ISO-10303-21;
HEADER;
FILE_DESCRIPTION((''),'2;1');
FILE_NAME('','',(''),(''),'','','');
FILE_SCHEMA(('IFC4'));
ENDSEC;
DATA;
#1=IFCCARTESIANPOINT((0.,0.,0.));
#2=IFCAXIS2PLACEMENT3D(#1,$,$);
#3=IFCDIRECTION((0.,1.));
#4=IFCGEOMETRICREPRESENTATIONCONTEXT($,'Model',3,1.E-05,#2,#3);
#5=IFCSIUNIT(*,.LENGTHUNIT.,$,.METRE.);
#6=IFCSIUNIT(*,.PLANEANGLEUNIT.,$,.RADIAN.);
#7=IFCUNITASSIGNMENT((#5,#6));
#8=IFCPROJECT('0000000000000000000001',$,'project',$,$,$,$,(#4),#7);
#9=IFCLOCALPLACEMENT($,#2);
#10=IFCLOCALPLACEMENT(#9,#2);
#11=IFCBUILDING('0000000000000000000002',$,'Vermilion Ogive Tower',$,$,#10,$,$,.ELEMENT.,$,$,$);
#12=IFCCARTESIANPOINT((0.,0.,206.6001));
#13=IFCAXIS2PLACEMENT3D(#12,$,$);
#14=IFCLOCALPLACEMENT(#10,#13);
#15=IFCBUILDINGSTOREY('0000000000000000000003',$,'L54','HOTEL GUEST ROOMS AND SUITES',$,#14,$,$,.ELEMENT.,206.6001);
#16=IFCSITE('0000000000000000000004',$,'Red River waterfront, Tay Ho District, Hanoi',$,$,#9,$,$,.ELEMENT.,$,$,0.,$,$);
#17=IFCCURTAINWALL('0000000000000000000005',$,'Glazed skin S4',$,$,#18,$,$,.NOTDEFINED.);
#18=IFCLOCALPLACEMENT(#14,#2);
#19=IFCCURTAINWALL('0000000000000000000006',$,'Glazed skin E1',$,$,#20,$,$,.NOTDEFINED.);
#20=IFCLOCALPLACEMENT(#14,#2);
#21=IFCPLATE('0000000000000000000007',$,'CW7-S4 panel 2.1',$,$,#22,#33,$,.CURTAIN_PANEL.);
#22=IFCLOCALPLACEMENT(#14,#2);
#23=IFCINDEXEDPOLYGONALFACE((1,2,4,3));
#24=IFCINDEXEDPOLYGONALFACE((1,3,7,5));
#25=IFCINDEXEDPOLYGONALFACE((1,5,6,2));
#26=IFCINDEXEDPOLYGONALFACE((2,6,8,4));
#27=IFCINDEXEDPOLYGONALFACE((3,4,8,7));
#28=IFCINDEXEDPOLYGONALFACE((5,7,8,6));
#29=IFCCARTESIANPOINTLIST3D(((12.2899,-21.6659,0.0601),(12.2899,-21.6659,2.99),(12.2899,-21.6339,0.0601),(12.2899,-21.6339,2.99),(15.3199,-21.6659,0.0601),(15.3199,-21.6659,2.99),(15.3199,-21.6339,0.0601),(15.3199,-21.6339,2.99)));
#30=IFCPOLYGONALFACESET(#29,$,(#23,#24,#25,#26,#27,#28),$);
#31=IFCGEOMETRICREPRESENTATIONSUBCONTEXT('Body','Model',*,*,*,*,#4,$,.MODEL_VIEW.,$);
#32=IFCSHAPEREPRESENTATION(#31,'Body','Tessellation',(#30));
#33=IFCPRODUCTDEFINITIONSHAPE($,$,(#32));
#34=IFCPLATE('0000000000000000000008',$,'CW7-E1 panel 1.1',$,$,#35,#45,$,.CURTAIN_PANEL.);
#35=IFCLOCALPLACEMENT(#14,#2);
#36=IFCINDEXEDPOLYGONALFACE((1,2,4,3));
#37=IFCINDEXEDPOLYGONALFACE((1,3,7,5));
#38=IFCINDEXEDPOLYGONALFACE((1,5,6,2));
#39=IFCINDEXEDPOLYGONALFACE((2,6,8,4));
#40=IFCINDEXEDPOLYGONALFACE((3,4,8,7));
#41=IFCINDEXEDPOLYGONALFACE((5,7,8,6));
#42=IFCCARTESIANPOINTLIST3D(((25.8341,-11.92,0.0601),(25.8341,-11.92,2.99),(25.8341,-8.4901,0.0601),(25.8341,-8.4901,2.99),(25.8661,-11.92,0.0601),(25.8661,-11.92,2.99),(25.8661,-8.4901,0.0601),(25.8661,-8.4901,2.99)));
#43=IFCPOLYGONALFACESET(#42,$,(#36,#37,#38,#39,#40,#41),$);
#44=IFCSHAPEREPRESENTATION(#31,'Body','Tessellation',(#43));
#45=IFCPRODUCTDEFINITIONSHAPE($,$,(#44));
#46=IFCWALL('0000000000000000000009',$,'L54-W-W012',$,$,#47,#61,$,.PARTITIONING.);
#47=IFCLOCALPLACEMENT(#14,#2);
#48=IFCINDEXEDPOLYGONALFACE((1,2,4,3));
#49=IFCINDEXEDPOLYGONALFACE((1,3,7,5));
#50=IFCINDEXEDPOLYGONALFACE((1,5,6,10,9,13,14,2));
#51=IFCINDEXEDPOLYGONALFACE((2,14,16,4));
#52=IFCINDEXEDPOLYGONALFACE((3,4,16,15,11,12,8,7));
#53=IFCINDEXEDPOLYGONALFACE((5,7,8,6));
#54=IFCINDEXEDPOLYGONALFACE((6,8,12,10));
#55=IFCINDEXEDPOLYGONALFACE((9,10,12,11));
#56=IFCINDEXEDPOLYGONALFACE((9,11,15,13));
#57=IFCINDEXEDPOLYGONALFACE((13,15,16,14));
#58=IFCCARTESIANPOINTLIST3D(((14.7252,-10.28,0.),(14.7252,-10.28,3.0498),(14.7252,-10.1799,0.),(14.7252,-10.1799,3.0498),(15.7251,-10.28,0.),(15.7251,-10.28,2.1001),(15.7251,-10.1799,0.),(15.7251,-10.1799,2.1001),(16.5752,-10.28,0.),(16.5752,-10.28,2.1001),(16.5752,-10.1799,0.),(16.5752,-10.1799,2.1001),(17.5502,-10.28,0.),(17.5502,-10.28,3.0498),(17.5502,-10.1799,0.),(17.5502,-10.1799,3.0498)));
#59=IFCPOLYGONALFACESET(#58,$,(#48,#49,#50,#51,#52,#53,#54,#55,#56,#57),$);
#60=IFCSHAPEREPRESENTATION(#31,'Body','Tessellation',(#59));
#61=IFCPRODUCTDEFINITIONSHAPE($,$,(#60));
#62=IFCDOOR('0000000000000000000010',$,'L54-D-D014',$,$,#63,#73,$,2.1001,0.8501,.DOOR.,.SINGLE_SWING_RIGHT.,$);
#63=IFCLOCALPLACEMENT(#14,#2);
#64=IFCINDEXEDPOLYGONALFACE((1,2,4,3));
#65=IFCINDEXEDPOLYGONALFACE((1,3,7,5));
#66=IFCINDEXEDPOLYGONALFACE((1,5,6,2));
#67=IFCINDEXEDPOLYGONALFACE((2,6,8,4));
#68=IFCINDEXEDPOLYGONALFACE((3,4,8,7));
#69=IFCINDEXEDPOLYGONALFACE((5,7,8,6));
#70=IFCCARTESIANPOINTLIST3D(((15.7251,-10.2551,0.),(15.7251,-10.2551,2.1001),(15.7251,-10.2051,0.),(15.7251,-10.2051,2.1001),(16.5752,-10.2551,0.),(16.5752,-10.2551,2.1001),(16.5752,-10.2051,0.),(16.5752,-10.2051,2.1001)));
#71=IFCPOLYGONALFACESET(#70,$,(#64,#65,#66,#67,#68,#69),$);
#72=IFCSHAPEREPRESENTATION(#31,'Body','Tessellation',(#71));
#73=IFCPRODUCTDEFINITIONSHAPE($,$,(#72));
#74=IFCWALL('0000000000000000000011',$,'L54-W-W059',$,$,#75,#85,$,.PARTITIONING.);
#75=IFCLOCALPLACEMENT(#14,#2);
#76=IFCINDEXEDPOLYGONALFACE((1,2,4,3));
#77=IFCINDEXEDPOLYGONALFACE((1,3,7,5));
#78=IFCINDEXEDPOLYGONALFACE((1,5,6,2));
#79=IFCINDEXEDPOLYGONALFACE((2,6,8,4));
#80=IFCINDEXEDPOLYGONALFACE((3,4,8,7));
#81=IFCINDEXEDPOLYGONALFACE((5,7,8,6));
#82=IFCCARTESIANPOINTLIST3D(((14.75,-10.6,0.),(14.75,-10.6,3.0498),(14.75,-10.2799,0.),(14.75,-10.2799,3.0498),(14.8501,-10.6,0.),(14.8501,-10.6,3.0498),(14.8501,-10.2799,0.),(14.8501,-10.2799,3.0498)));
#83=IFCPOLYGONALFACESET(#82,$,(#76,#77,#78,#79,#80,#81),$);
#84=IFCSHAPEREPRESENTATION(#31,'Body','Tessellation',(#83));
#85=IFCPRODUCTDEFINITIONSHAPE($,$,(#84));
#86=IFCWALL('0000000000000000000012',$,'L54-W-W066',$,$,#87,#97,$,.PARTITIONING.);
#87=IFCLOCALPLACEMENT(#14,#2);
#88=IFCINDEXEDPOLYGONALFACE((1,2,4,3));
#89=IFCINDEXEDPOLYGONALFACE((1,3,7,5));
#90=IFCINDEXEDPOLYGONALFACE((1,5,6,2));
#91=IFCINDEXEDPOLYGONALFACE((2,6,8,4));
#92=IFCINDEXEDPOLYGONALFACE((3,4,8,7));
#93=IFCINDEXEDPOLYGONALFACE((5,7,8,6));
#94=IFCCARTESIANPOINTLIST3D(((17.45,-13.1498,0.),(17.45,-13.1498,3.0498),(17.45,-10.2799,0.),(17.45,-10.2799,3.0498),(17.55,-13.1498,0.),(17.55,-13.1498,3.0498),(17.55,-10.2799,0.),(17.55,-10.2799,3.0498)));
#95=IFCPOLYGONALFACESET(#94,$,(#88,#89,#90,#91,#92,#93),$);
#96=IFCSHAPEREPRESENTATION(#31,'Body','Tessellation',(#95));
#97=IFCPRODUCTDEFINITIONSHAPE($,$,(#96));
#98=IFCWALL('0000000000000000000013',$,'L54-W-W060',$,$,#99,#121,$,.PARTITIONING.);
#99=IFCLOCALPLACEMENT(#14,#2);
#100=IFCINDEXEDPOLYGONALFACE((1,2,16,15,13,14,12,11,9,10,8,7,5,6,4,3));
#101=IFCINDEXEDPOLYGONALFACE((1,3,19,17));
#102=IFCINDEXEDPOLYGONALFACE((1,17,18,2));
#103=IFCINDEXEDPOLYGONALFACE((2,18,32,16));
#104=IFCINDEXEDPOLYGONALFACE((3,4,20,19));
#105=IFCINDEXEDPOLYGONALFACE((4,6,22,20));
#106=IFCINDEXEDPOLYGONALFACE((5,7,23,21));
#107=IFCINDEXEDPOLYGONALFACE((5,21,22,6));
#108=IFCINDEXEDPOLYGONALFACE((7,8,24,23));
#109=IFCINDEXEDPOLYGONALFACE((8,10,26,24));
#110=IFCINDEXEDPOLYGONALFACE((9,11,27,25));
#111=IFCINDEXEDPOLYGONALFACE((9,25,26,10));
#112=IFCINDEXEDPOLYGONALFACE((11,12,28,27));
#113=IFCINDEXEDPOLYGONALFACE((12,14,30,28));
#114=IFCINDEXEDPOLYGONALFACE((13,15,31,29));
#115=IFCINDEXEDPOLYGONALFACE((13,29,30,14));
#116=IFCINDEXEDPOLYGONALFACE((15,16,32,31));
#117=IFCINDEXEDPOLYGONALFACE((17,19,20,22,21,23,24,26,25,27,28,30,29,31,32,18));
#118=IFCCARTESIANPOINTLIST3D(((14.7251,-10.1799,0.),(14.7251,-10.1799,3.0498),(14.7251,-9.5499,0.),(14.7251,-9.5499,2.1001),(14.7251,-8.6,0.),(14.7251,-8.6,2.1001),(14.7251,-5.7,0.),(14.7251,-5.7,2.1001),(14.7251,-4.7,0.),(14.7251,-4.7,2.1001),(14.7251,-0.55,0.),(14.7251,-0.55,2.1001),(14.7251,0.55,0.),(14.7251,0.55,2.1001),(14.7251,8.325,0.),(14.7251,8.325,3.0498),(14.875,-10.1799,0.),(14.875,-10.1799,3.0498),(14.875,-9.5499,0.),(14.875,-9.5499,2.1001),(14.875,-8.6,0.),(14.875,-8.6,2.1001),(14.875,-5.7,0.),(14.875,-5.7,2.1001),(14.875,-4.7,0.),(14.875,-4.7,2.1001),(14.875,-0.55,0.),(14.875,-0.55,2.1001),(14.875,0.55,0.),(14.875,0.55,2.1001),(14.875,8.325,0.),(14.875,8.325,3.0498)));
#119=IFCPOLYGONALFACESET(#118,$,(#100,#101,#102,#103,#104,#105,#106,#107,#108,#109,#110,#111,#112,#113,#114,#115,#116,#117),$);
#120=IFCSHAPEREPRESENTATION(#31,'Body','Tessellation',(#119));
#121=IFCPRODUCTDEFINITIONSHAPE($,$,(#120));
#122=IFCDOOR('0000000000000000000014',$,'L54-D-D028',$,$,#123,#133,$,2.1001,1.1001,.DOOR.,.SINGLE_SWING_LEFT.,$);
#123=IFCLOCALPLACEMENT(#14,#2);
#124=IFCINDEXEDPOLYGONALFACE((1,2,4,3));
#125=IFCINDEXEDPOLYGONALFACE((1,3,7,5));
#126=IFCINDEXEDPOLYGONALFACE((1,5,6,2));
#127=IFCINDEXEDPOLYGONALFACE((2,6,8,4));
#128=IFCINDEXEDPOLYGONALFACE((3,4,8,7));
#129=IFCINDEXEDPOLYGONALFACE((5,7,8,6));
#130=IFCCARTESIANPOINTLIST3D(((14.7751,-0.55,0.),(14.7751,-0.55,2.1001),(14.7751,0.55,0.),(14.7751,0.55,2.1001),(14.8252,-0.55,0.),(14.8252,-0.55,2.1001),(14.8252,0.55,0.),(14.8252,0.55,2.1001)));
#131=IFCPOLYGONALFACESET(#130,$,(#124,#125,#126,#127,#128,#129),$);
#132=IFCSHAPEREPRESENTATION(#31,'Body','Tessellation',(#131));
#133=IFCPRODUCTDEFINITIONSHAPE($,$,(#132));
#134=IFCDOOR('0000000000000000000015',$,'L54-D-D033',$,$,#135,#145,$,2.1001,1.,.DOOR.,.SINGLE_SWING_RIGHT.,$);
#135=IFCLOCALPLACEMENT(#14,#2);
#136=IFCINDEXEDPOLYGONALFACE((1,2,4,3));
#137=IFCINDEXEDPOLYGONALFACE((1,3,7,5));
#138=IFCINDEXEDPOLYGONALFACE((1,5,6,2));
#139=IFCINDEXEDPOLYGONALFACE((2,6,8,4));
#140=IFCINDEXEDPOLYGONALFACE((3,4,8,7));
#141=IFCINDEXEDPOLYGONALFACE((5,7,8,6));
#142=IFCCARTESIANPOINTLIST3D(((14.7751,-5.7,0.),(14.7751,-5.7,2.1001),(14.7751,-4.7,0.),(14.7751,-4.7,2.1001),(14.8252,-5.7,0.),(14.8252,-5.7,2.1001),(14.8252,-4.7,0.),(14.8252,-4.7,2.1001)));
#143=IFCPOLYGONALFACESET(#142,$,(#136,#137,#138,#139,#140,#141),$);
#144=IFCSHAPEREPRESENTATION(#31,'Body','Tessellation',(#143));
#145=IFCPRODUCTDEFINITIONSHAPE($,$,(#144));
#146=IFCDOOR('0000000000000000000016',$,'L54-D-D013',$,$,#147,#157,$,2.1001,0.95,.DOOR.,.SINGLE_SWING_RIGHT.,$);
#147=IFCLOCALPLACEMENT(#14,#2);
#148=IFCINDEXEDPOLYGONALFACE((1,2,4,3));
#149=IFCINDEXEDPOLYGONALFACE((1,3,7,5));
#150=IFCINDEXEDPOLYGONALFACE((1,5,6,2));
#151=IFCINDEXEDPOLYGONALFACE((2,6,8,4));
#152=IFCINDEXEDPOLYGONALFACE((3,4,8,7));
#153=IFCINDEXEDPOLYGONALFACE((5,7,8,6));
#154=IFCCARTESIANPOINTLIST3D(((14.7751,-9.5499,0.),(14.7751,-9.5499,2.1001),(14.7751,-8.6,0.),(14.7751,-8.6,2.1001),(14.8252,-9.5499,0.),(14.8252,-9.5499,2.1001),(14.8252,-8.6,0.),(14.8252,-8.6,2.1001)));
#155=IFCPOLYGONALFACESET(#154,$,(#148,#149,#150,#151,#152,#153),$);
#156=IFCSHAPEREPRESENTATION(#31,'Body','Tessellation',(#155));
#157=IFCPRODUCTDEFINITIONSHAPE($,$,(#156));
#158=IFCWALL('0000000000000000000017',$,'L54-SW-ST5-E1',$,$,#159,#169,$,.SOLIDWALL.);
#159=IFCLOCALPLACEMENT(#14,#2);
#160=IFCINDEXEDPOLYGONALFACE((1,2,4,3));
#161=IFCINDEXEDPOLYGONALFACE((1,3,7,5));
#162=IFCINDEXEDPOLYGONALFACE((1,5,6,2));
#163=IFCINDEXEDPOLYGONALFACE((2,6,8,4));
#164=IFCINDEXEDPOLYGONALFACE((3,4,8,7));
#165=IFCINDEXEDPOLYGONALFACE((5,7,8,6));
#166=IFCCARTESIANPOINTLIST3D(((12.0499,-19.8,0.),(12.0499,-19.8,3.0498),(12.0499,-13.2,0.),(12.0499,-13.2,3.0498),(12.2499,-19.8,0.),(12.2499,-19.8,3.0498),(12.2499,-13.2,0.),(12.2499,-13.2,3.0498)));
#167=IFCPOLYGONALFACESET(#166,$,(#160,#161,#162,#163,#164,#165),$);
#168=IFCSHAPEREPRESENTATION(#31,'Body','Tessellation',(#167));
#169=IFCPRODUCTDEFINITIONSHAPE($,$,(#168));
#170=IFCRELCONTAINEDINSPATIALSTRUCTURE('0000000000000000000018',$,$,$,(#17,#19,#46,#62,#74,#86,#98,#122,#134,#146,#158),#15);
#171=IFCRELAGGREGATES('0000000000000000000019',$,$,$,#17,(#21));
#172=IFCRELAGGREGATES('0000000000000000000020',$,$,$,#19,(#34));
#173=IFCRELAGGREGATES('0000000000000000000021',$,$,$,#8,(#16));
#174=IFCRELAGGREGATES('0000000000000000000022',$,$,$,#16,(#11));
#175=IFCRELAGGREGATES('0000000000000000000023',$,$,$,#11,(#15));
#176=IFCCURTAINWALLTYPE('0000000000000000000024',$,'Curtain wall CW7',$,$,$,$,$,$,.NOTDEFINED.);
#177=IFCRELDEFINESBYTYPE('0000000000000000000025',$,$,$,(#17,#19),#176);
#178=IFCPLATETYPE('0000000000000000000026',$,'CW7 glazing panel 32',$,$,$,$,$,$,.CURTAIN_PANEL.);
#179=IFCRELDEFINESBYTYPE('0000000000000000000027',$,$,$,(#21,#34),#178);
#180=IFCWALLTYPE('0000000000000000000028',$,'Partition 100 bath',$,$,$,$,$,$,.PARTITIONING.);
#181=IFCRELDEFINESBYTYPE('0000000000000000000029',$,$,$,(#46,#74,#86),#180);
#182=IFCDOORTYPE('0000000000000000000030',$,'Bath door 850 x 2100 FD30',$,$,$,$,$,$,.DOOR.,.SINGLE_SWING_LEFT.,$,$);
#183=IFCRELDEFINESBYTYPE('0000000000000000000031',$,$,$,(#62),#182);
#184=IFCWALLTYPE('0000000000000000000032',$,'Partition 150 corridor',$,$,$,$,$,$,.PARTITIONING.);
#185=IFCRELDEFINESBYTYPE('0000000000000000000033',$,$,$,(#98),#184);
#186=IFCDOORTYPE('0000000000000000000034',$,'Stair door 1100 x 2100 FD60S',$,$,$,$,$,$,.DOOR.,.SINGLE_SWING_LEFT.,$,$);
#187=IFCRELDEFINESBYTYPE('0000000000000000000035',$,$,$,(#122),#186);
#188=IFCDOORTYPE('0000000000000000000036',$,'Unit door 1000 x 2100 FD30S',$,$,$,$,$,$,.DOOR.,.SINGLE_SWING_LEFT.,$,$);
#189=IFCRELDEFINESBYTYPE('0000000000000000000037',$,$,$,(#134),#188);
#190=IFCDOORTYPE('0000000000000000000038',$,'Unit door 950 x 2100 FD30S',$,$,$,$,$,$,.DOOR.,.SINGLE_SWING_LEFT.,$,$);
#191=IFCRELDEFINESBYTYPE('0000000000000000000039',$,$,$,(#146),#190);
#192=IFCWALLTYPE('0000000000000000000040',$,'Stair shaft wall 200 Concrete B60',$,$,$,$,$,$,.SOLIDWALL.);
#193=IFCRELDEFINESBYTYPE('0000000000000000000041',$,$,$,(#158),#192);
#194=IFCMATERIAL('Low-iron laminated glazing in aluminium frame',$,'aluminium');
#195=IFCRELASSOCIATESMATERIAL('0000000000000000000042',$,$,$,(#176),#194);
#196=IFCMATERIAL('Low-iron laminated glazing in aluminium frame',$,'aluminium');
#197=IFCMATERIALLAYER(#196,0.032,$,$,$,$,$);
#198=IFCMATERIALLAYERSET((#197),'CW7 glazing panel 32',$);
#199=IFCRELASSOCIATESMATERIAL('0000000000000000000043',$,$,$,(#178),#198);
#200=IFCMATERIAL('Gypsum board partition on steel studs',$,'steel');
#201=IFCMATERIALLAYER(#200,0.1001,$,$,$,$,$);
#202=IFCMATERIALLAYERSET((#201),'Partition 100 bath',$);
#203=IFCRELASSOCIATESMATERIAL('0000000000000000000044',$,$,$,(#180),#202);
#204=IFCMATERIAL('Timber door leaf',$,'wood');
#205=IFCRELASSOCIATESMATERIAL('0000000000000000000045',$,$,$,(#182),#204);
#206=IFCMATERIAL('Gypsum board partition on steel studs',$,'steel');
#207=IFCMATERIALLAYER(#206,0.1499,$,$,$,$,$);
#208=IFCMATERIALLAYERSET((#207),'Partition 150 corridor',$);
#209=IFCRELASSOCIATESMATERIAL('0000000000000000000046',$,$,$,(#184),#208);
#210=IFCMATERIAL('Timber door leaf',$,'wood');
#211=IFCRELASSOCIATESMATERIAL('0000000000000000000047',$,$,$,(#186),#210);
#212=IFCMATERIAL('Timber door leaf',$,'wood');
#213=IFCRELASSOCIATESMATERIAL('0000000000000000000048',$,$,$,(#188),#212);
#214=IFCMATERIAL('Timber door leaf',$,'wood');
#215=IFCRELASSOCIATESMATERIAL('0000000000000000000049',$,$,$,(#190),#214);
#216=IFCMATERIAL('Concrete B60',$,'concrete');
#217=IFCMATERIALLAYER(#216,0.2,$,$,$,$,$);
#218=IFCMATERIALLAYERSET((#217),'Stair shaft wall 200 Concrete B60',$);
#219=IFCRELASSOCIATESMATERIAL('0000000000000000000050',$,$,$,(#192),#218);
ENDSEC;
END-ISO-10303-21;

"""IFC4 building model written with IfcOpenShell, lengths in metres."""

from ifc_helpers import new_model, si_unit, direction, frame, frame_2d, origin, origin_2d, place, context, subcontext, project, spatial, rectangle, extrude, material, layer, layer_set, type_object, element, fill, aggregate, save


model = new_model("IFC4")

# Units and contexts
model_context = context("Model", 3, precision=1e-05, world=origin(), true_north=direction((0.0, 1.0)))
body_context = subcontext(model_context, "Body", "Model", "MODEL_VIEW")
ifc_project = project(units=[si_unit("LENGTHUNIT", "METRE"), si_unit("PLANEANGLEUNIT", "RADIAN")], contexts=[model_context])

# Site, building, storey
site_placement = place(None, origin())
site = spatial("IfcSite", under=ifc_project, at=site_placement, Name="Red River waterfront, Tay Ho District, Hanoi", CompositionType="ELEMENT", RefElevation=0.0)
building_placement = place(site_placement, origin())
building = spatial("IfcBuilding", under=site, at=building_placement, Name="Vermilion Ogive Tower", CompositionType="ELEMENT")
storey_placement = place(building_placement, frame((0.0, 0.0, 206.6001)))
storey = spatial("IfcBuildingStorey", under=building, at=storey_placement, Name="L54", Description="HOTEL GUEST ROOMS AND SUITES", CompositionType="ELEMENT", Elevation=206.6001)

# Curtain wall
ifc_material_1 = material(Name="Low-iron laminated glazing in aluminium frame", Category="aluminium")
curtain_wall_type = type_object("IfcCurtainWallType", Name="Curtain wall CW7", PredefinedType="NOTDEFINED", material=ifc_material_1)
curtain_wall_1_placement = place(storey_placement, origin())
curtain_wall_1 = element("IfcCurtainWall", 1, at=curtain_wall_1_placement, inside=storey, type_object=curtain_wall_type, Name="Glazed skin S4", PredefinedType="NOTDEFINED")

# Curtain wall
curtain_wall_2_placement = place(storey_placement, origin())
curtain_wall_2 = element("IfcCurtainWall", 2, at=curtain_wall_2_placement, inside=storey, type_object=curtain_wall_type, Name="Glazed skin E1", PredefinedType="NOTDEFINED")

# Plates
ifc_material_2 = material(Name="Low-iron laminated glazing in aluminium frame", Category="aluminium")
ifc_layer_1 = layer(ifc_material_2, 0.032)
ifc_layer_set_1 = layer_set([ifc_layer_1], Name="CW7 glazing panel 32")
plate_type = type_object("IfcPlateType", Name="CW7 glazing panel 32", PredefinedType="CURTAIN_PANEL", material=ifc_layer_set_1)
plate_1_placement = place(storey_placement, frame((13.8049, -21.6499, 0.0601), z_axis=(0.0, 0.0, 1.0), x_axis=(1.0, 0.0, 0.0)))
plate_1 = element("IfcPlate", 3, at=plate_1_placement, type_object=plate_type, Name="CW7-S4 panel 2.1", PredefinedType="CURTAIN_PANEL", context=body_context, shape_type="SweptSolid", body=[
    extrude(rectangle(XDim=3.03, YDim=0.032, at=origin_2d()), origin(), (0.0, 0.0, 1.0), 2.9299),
])
aggregate(curtain_wall_1, [plate_1])
plate_2_placement = place(storey_placement, frame((25.8501, -10.2051, 0.0601), z_axis=(0.0, 0.0, 1.0), x_axis=(0.0, 1.0, 0.0)))
plate_2 = element("IfcPlate", 4, at=plate_2_placement, type_object=plate_type, Name="CW7-E1 panel 1.1", PredefinedType="CURTAIN_PANEL", context=body_context, shape_type="SweptSolid", body=[
    extrude(rectangle(XDim=3.4299, YDim=0.032, at=origin_2d()), origin(), (0.0, 0.0, 1.0), 2.9299),
])
aggregate(curtain_wall_2, [plate_2])

# Wall, opening, door
ifc_material_3 = material(Name="Gypsum board partition on steel studs", Category="steel")
ifc_layer_2 = layer(ifc_material_3, 0.1001)
ifc_layer_set_2 = layer_set([ifc_layer_2], Name="Partition 100 bath")
wall_type_1 = type_object("IfcWallType", Name="Partition 100 bath", PredefinedType="PARTITIONING", material=ifc_layer_set_2)
wall_1_placement = place(storey_placement, frame((14.7251, -10.23, 0.0), z_axis=(0.0, 0.0, 1.0), x_axis=(1.0, 0.0, 0.0)))
wall_1 = element("IfcWall", 5, at=wall_1_placement, inside=storey, type_object=wall_type_1, Name="L54-W-W012", PredefinedType="PARTITIONING", context=body_context, shape_type="SweptSolid", body=[
    extrude(rectangle(XDim=2.825, YDim=0.1001, at=frame_2d((1.4126, 0.0))), origin(), (0.0, 0.0, 1.0), 3.0498),
])
opening_1_placement = place(wall_1_placement, frame((1.0, 0.0, 0.0)))
opening_1 = element("IfcOpeningElement", 6, at=opening_1_placement, cuts=wall_1, PredefinedType="OPENING", context=body_context, shape_type="SweptSolid", body=[
    extrude(rectangle(XDim=0.8501, YDim=2.1001, at=frame_2d((0.425, 1.05))), frame((0.0, 0.0601, 0.0), z_axis=(0.0, -1.0, 0.0), x_axis=(1.0, 0.0, 0.0)), (0.0, 0.0, 1.0), 0.1201),
])
ifc_material_4 = material(Name="Timber door leaf", Category="wood")
door_type_1 = type_object("IfcDoorType", Name="Bath door 850 x 2100 FD30", OperationType="SINGLE_SWING_LEFT", PredefinedType="DOOR", material=ifc_material_4)
door_1_placement = place(opening_1_placement, origin())
door_1 = element("IfcDoor", 7, at=door_1_placement, inside=storey, type_object=door_type_1, Name="L54-D-D014", OperationType="SINGLE_SWING_RIGHT", OverallHeight=2.1001, OverallWidth=0.8501, PredefinedType="DOOR", context=body_context, shape_type="SweptSolid", body=[
    extrude(rectangle(XDim=0.8501, YDim=2.1001, at=frame_2d((0.425, 1.05))), frame((0.0, 0.0249, 0.0), z_axis=(0.0, -1.0, 0.0), x_axis=(1.0, 0.0, 0.0)), (0.0, 0.0, 1.0), 0.05),
])
fill(opening_1, door_1)

# Walls
wall_2_placement = place(storey_placement, frame((14.8, -10.6001, 0.0), z_axis=(0.0, 0.0, 1.0), x_axis=(0.0, 1.0, 0.0)))
element("IfcWall", 8, at=wall_2_placement, inside=storey, type_object=wall_type_1, Name="L54-W-W059", PredefinedType="PARTITIONING", context=body_context, shape_type="SweptSolid", body=[
    extrude(rectangle(XDim=0.3201, YDim=0.1001, at=frame_2d((0.1602, 0.0))), origin(), (0.0, 0.0, 1.0), 3.0498),
])
wall_3_placement = place(storey_placement, frame((17.5, -13.1499, 0.0), z_axis=(0.0, 0.0, 1.0), x_axis=(0.0, 1.0, 0.0)))
element("IfcWall", 9, at=wall_3_placement, inside=storey, type_object=wall_type_1, Name="L54-W-W066", PredefinedType="PARTITIONING", context=body_context, shape_type="SweptSolid", body=[
    extrude(rectangle(XDim=2.8699, YDim=0.1001, at=frame_2d((1.4351, 0.0))), origin(), (0.0, 0.0, 1.0), 3.0498),
])

# Wall, openings, doors
ifc_material_5 = material(Name="Gypsum board partition on steel studs", Category="steel")
ifc_layer_3 = layer(ifc_material_5, 0.1499)
ifc_layer_set_3 = layer_set([ifc_layer_3], Name="Partition 150 corridor")
wall_type_2 = type_object("IfcWallType", Name="Partition 150 corridor", PredefinedType="PARTITIONING", material=ifc_layer_set_3)
wall_4_placement = place(storey_placement, frame((14.8, -10.1799, 0.0), z_axis=(0.0, 0.0, 1.0), x_axis=(0.0, 1.0, 0.0)))
wall_4 = element("IfcWall", 10, at=wall_4_placement, inside=storey, type_object=wall_type_2, Name="L54-W-W060", PredefinedType="PARTITIONING", context=body_context, shape_type="SweptSolid", body=[
    extrude(rectangle(XDim=18.5049, YDim=0.1499, at=frame_2d((9.2524, 0.0))), origin(), (0.0, 0.0, 1.0), 3.0498),
])
opening_2_placement = place(wall_4_placement, frame((0.6299, 0.0, 0.0)))
opening_2 = element("IfcOpeningElement", 11, at=opening_2_placement, cuts=wall_4, PredefinedType="OPENING", context=body_context, shape_type="SweptSolid", body=[
    extrude(rectangle(XDim=0.95, YDim=2.1001, at=frame_2d((0.4751, 1.05))), frame((0.0, 0.085, 0.0), z_axis=(0.0, -1.0, 0.0), x_axis=(1.0, 0.0, 0.0)), (0.0, 0.0, 1.0), 0.1699),
])
opening_3_placement = place(wall_4_placement, frame((9.6299, 0.0, 0.0)))
opening_3 = element("IfcOpeningElement", 12, at=opening_3_placement, cuts=wall_4, PredefinedType="OPENING", context=body_context, shape_type="SweptSolid", body=[
    extrude(rectangle(XDim=1.1001, YDim=2.1001, at=frame_2d((0.55, 1.05))), frame((0.0, 0.085, 0.0), z_axis=(0.0, -1.0, 0.0), x_axis=(1.0, 0.0, 0.0)), (0.0, 0.0, 1.0), 0.1699),
])
opening_4_placement = place(wall_4_placement, frame((4.48, 0.0, 0.0)))
opening_4 = element("IfcOpeningElement", 13, at=opening_4_placement, cuts=wall_4, PredefinedType="OPENING", context=body_context, shape_type="SweptSolid", body=[
    extrude(rectangle(XDim=1.0, YDim=2.1001, at=frame_2d((0.5, 1.05))), frame((0.0, 0.085, 0.0), z_axis=(0.0, -1.0, 0.0), x_axis=(1.0, 0.0, 0.0)), (0.0, 0.0, 1.0), 0.1699),
])
ifc_material_6 = material(Name="Timber door leaf", Category="wood")
door_type_2 = type_object("IfcDoorType", Name="Stair door 1100 x 2100 FD60S", OperationType="SINGLE_SWING_LEFT", PredefinedType="DOOR", material=ifc_material_6)
door_2_placement = place(opening_3_placement, origin())
door_2 = element("IfcDoor", 14, at=door_2_placement, inside=storey, type_object=door_type_2, Name="L54-D-D028", OperationType="SINGLE_SWING_LEFT", OverallHeight=2.1001, OverallWidth=1.1001, PredefinedType="DOOR", context=body_context, shape_type="SweptSolid", body=[
    extrude(rectangle(XDim=1.1001, YDim=2.1001, at=frame_2d((0.55, 1.05))), frame((0.0, 0.0249, 0.0), z_axis=(0.0, -1.0, 0.0), x_axis=(1.0, 0.0, 0.0)), (0.0, 0.0, 1.0), 0.05),
])
fill(opening_3, door_2)
ifc_material_7 = material(Name="Timber door leaf", Category="wood")
door_type_3 = type_object("IfcDoorType", Name="Unit door 1000 x 2100 FD30S", OperationType="SINGLE_SWING_LEFT", PredefinedType="DOOR", material=ifc_material_7)
door_3_placement = place(opening_4_placement, origin())
door_3 = element("IfcDoor", 15, at=door_3_placement, inside=storey, type_object=door_type_3, Name="L54-D-D033", OperationType="SINGLE_SWING_RIGHT", OverallHeight=2.1001, OverallWidth=1.0, PredefinedType="DOOR", context=body_context, shape_type="SweptSolid", body=[
    extrude(rectangle(XDim=1.0, YDim=2.1001, at=frame_2d((0.5, 1.05))), frame((0.0, 0.0249, 0.0), z_axis=(0.0, -1.0, 0.0), x_axis=(1.0, 0.0, 0.0)), (0.0, 0.0, 1.0), 0.05),
])
fill(opening_4, door_3)
ifc_material_8 = material(Name="Timber door leaf", Category="wood")
door_type_4 = type_object("IfcDoorType", Name="Unit door 950 x 2100 FD30S", OperationType="SINGLE_SWING_LEFT", PredefinedType="DOOR", material=ifc_material_8)
door_4_placement = place(opening_2_placement, origin())
door_4 = element("IfcDoor", 16, at=door_4_placement, inside=storey, type_object=door_type_4, Name="L54-D-D013", OperationType="SINGLE_SWING_RIGHT", OverallHeight=2.1001, OverallWidth=0.95, PredefinedType="DOOR", context=body_context, shape_type="SweptSolid", body=[
    extrude(rectangle(XDim=0.95, YDim=2.1001, at=frame_2d((0.4751, 1.05))), frame((0.0, 0.0249, 0.0), z_axis=(0.0, -1.0, 0.0), x_axis=(1.0, 0.0, 0.0)), (0.0, 0.0, 1.0), 0.05),
])
fill(opening_2, door_4)

# Wall
ifc_material_9 = material(Name="Concrete B60", Category="concrete")
ifc_layer_4 = layer(ifc_material_9, 0.2)
ifc_layer_set_4 = layer_set([ifc_layer_4], Name="Stair shaft wall 200 Concrete B60")
wall_type_3 = type_object("IfcWallType", Name="Stair shaft wall 200 Concrete B60", PredefinedType="SOLIDWALL", material=ifc_layer_set_4)
wall_5_placement = place(storey_placement, frame((12.1499, -19.8, 0.0), z_axis=(0.0, 0.0, 1.0), x_axis=(0.0, 1.0, 0.0)))
element("IfcWall", 17, at=wall_5_placement, inside=storey, type_object=wall_type_3, Name="L54-SW-ST5-E1", PredefinedType="SOLIDWALL", context=body_context, shape_type="SweptSolid", body=[
    extrude(rectangle(XDim=6.6001, YDim=0.2, at=frame_2d((3.3, 0.0))), origin(), (0.0, 0.0, 1.0), 3.0498),
])

save(model, "model.ifc")
